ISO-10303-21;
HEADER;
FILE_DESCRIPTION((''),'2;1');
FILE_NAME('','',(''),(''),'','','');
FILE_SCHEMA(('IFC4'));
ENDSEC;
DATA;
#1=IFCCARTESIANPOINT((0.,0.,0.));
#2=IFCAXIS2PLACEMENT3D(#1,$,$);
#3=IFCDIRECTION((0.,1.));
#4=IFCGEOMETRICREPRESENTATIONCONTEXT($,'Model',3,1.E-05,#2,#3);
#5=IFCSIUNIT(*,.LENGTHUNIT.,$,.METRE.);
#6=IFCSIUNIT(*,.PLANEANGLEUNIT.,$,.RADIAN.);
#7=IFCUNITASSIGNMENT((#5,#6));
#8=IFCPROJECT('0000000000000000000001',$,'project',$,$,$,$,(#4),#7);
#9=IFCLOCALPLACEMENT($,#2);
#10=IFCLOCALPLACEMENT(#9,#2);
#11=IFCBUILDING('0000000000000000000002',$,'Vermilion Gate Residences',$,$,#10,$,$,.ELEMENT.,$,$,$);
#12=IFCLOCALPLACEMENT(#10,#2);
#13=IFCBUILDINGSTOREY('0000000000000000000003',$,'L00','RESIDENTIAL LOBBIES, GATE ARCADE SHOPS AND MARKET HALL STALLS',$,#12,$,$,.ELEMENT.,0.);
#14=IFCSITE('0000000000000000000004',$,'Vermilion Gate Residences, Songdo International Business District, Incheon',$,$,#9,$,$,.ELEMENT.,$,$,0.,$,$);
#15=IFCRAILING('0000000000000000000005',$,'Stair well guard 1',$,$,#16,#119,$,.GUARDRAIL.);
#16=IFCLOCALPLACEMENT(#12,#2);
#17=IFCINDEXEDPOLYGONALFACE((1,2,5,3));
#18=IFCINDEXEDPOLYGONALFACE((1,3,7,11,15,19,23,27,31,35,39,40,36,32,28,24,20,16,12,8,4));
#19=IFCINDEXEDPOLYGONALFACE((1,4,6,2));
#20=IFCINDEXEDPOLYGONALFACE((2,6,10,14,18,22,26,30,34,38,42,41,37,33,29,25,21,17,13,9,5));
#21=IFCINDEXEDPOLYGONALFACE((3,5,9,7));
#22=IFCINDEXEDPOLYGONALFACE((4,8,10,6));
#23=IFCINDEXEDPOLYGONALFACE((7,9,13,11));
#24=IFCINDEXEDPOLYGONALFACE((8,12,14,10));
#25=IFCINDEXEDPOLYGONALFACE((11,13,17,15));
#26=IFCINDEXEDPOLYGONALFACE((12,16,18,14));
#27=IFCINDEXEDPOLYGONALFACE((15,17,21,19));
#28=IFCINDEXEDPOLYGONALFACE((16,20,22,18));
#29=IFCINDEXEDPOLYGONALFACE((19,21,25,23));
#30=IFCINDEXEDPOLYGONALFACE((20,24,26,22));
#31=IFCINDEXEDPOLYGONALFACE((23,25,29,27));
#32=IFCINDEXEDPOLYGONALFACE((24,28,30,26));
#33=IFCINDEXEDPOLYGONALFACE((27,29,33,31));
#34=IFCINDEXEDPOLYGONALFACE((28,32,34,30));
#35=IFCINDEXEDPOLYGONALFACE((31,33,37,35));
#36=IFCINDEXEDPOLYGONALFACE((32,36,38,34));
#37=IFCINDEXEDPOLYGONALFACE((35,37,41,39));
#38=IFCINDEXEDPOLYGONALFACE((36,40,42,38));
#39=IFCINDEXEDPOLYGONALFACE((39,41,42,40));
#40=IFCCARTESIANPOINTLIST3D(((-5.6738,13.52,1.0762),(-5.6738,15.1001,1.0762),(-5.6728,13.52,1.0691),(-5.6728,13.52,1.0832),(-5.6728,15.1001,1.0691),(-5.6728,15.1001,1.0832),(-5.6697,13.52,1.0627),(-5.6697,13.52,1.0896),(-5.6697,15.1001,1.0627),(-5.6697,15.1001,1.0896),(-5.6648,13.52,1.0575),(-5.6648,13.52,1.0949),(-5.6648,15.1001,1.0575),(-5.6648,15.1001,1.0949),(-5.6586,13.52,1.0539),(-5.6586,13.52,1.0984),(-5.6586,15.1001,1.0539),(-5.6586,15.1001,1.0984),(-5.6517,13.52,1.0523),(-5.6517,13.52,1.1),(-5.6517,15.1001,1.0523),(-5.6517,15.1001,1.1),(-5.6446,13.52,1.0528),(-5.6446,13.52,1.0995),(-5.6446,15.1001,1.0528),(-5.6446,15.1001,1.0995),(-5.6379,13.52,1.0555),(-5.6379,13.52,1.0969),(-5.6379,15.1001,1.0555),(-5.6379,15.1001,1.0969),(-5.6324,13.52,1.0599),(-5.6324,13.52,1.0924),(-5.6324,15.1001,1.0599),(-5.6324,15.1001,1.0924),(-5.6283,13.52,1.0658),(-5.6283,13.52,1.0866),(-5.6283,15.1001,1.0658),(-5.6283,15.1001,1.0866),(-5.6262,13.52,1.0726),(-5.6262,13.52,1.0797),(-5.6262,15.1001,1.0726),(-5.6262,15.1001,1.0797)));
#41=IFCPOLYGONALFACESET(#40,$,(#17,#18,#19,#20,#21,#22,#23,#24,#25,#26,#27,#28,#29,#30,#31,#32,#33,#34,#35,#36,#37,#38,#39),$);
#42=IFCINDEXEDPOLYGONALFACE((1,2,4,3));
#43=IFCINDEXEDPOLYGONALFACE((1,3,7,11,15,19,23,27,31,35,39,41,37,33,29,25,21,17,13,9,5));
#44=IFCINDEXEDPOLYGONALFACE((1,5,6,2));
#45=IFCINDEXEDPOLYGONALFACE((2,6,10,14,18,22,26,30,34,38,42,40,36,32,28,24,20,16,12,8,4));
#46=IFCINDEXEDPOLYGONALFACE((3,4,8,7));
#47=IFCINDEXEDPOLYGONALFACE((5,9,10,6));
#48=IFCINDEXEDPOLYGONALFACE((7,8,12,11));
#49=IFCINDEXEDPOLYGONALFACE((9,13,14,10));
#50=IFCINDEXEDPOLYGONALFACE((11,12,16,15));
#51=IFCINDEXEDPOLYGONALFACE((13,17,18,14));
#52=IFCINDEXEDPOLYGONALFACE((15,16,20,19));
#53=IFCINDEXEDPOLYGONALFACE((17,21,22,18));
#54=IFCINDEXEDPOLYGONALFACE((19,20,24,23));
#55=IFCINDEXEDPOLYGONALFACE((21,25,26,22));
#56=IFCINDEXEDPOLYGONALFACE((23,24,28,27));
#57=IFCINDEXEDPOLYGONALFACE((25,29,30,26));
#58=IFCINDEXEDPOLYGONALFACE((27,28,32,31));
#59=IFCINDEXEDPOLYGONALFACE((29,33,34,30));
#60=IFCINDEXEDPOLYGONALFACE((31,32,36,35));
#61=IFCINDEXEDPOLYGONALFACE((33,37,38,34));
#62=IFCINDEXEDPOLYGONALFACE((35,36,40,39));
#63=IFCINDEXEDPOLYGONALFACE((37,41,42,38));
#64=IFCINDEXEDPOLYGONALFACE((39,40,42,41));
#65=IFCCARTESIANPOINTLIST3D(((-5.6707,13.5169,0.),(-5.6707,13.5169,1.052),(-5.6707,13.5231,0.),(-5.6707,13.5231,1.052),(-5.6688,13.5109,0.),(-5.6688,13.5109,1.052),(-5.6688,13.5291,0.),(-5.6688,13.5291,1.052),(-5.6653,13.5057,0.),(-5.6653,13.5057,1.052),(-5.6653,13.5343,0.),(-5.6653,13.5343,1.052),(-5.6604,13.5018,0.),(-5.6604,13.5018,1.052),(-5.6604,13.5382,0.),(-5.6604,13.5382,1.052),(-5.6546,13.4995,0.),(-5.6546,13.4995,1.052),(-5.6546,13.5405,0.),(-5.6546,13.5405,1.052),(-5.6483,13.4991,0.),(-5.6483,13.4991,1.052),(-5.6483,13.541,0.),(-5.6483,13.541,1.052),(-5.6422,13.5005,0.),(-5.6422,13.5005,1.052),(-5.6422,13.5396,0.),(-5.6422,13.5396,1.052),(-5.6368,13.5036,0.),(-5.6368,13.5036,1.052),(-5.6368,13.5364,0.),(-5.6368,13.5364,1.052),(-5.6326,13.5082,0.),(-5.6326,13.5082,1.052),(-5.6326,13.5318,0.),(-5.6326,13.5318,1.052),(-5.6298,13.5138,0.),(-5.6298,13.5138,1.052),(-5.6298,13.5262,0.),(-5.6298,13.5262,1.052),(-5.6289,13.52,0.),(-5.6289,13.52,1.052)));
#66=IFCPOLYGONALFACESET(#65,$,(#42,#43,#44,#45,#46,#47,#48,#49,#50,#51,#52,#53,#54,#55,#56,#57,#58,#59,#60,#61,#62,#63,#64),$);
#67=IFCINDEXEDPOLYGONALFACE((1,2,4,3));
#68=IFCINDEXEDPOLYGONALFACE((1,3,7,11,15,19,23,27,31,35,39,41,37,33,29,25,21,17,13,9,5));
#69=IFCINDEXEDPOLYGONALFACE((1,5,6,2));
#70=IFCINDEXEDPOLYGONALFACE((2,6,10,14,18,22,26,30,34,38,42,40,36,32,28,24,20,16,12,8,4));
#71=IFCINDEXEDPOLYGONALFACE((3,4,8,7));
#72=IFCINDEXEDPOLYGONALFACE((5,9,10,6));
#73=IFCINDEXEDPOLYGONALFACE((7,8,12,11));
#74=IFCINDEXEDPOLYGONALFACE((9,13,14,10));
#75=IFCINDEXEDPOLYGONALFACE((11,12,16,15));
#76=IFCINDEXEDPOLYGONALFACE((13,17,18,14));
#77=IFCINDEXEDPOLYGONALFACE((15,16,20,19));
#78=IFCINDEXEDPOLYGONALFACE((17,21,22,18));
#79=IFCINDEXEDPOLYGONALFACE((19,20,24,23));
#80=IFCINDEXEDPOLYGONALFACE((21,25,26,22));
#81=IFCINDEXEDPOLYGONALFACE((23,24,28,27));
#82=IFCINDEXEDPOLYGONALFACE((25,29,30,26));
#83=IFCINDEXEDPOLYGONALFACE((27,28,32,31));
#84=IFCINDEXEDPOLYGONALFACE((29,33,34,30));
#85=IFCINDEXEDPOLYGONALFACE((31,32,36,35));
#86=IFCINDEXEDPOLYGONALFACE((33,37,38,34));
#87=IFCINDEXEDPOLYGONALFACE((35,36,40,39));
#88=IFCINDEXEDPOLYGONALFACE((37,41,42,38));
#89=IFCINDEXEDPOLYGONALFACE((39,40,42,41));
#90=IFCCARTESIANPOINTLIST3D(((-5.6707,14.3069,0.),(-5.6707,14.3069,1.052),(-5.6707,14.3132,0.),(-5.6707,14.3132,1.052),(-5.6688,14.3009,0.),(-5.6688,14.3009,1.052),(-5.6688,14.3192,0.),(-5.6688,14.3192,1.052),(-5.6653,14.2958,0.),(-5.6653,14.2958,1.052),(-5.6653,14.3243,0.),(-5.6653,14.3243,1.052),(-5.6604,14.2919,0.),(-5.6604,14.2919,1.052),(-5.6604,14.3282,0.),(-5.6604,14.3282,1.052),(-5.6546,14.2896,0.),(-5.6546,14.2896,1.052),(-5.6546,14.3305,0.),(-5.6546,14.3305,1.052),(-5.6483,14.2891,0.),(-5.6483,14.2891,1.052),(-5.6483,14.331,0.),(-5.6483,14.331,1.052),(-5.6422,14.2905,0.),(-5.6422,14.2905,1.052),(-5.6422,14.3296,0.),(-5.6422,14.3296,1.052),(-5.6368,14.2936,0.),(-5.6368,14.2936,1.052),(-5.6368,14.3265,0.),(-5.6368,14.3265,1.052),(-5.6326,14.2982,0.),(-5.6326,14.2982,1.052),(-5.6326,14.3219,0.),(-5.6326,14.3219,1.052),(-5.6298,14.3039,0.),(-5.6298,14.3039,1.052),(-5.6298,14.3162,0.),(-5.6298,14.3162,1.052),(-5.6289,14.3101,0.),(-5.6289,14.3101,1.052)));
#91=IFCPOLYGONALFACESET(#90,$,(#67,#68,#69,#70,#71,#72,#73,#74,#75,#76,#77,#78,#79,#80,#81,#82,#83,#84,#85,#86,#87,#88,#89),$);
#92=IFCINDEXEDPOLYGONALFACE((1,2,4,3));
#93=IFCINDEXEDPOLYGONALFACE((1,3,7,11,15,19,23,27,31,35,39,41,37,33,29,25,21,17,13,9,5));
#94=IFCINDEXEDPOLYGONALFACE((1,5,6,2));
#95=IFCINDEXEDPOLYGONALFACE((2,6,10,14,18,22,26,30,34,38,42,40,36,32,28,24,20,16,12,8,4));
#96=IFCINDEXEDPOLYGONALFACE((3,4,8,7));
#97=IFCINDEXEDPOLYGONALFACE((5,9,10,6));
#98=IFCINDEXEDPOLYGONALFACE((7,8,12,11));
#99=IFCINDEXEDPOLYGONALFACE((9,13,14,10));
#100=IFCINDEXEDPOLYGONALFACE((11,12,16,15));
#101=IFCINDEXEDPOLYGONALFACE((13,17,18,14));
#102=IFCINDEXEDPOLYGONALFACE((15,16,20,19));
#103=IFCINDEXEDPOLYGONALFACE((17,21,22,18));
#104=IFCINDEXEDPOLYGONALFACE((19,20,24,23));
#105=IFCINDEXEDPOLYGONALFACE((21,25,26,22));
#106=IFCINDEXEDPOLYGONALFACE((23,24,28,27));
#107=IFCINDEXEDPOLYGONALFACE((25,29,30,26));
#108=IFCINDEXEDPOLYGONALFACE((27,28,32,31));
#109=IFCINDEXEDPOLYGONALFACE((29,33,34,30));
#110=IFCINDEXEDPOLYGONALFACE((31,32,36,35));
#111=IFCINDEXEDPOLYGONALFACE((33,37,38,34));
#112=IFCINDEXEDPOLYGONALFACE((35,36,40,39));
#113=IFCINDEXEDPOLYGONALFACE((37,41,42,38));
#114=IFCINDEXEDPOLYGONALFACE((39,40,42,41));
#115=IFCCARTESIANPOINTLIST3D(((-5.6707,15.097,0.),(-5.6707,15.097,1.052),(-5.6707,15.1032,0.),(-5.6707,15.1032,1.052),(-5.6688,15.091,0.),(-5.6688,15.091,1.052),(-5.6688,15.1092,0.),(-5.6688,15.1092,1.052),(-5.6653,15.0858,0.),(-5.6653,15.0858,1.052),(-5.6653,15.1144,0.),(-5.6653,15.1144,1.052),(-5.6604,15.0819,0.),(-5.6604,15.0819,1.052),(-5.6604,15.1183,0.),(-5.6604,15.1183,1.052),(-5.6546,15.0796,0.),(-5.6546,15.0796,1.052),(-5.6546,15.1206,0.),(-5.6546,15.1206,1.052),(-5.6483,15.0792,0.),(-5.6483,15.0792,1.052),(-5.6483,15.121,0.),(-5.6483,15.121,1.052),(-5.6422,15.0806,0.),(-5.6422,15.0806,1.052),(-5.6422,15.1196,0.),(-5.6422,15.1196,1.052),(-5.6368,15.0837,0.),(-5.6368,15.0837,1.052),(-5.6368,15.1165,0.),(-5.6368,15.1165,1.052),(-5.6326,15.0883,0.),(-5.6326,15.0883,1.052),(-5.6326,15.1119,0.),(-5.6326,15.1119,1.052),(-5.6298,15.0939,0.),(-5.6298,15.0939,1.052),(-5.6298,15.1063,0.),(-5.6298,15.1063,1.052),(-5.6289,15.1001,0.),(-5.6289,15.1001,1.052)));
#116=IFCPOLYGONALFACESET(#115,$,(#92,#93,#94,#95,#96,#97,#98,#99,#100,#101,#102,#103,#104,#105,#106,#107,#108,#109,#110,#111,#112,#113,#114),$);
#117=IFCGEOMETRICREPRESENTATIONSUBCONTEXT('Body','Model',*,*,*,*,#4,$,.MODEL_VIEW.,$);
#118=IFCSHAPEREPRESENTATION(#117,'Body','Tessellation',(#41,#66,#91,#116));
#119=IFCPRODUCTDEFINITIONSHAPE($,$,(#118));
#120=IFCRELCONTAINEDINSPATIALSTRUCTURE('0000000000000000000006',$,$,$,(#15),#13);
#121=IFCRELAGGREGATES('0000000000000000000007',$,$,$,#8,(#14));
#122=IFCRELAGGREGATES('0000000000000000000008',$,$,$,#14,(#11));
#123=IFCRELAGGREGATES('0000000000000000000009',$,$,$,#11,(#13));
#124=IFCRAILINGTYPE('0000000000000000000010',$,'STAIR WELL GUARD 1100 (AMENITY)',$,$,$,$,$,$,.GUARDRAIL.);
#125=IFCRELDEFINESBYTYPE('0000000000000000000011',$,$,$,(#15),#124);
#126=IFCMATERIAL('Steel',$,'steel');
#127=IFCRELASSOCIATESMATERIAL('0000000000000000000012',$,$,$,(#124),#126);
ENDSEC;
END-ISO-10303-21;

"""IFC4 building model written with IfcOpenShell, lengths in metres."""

from ifc_helpers import new_model, si_unit, direction, frame, origin, origin_2d, place, context, subcontext, project, spatial, circle, extrude, material, type_object, element, save


model = new_model("IFC4")

# Units and contexts
model_context = context("Model", 3, precision=1e-05, world=origin(), true_north=direction((0.0, 1.0)))
body_context = subcontext(model_context, "Body", "Model", "MODEL_VIEW")
ifc_project = project(units=[si_unit("LENGTHUNIT", "METRE"), si_unit("PLANEANGLEUNIT", "RADIAN")], contexts=[model_context])

# Site, building, storey
site_placement = place(None, origin())
site = spatial("IfcSite", under=ifc_project, at=site_placement, Name="Vermilion Gate Residences, Songdo International Business District, Incheon", CompositionType="ELEMENT", RefElevation=0.0)
building_placement = place(site_placement, origin())
building = spatial("IfcBuilding", under=site, at=building_placement, Name="Vermilion Gate Residences", CompositionType="ELEMENT")
storey_placement = place(building_placement, origin())
storey = spatial("IfcBuildingStorey", under=building, at=storey_placement, Name="L00", Description="RESIDENTIAL LOBBIES, GATE ARCADE SHOPS AND MARKET HALL STALLS", CompositionType="ELEMENT", Elevation=0.0)

# Railing
ifc_material_1 = material(Name="Steel", Category="steel")
railing_type = type_object("IfcRailingType", Name="STAIR WELL GUARD 1100 (AMENITY)", PredefinedType="GUARDRAIL", material=ifc_material_1)
railing_1_placement = place(storey_placement, frame((-5.6499, 13.52, 0.0)))
element("IfcRailing", 1, at=railing_1_placement, inside=storey, type_object=railing_type, Name="Stair well guard 1", PredefinedType="GUARDRAIL", context=body_context, shape_type="SweptSolid", body=[
    extrude(circle(Radius=0.0239, at=origin_2d()), frame((0.0, 0.0, 1.0762), z_axis=(0.0, 1.0, 0.0), x_axis=(-1.0, 0.0, 0.0)), (0.0, 0.0, 1.0), 1.5801),
    extrude(circle(Radius=0.021, at=origin_2d()), origin(), (0.0, 0.0, 1.0), 1.052),
    extrude(circle(Radius=0.021, at=origin_2d()), frame((0.0, 0.79, 0.0)), (0.0, 0.0, 1.0), 1.052),
    extrude(circle(Radius=0.021, at=origin_2d()), frame((0.0, 1.5801, 0.0)), (0.0, 0.0, 1.0), 1.052),
])

save(model, "model.ifc")
